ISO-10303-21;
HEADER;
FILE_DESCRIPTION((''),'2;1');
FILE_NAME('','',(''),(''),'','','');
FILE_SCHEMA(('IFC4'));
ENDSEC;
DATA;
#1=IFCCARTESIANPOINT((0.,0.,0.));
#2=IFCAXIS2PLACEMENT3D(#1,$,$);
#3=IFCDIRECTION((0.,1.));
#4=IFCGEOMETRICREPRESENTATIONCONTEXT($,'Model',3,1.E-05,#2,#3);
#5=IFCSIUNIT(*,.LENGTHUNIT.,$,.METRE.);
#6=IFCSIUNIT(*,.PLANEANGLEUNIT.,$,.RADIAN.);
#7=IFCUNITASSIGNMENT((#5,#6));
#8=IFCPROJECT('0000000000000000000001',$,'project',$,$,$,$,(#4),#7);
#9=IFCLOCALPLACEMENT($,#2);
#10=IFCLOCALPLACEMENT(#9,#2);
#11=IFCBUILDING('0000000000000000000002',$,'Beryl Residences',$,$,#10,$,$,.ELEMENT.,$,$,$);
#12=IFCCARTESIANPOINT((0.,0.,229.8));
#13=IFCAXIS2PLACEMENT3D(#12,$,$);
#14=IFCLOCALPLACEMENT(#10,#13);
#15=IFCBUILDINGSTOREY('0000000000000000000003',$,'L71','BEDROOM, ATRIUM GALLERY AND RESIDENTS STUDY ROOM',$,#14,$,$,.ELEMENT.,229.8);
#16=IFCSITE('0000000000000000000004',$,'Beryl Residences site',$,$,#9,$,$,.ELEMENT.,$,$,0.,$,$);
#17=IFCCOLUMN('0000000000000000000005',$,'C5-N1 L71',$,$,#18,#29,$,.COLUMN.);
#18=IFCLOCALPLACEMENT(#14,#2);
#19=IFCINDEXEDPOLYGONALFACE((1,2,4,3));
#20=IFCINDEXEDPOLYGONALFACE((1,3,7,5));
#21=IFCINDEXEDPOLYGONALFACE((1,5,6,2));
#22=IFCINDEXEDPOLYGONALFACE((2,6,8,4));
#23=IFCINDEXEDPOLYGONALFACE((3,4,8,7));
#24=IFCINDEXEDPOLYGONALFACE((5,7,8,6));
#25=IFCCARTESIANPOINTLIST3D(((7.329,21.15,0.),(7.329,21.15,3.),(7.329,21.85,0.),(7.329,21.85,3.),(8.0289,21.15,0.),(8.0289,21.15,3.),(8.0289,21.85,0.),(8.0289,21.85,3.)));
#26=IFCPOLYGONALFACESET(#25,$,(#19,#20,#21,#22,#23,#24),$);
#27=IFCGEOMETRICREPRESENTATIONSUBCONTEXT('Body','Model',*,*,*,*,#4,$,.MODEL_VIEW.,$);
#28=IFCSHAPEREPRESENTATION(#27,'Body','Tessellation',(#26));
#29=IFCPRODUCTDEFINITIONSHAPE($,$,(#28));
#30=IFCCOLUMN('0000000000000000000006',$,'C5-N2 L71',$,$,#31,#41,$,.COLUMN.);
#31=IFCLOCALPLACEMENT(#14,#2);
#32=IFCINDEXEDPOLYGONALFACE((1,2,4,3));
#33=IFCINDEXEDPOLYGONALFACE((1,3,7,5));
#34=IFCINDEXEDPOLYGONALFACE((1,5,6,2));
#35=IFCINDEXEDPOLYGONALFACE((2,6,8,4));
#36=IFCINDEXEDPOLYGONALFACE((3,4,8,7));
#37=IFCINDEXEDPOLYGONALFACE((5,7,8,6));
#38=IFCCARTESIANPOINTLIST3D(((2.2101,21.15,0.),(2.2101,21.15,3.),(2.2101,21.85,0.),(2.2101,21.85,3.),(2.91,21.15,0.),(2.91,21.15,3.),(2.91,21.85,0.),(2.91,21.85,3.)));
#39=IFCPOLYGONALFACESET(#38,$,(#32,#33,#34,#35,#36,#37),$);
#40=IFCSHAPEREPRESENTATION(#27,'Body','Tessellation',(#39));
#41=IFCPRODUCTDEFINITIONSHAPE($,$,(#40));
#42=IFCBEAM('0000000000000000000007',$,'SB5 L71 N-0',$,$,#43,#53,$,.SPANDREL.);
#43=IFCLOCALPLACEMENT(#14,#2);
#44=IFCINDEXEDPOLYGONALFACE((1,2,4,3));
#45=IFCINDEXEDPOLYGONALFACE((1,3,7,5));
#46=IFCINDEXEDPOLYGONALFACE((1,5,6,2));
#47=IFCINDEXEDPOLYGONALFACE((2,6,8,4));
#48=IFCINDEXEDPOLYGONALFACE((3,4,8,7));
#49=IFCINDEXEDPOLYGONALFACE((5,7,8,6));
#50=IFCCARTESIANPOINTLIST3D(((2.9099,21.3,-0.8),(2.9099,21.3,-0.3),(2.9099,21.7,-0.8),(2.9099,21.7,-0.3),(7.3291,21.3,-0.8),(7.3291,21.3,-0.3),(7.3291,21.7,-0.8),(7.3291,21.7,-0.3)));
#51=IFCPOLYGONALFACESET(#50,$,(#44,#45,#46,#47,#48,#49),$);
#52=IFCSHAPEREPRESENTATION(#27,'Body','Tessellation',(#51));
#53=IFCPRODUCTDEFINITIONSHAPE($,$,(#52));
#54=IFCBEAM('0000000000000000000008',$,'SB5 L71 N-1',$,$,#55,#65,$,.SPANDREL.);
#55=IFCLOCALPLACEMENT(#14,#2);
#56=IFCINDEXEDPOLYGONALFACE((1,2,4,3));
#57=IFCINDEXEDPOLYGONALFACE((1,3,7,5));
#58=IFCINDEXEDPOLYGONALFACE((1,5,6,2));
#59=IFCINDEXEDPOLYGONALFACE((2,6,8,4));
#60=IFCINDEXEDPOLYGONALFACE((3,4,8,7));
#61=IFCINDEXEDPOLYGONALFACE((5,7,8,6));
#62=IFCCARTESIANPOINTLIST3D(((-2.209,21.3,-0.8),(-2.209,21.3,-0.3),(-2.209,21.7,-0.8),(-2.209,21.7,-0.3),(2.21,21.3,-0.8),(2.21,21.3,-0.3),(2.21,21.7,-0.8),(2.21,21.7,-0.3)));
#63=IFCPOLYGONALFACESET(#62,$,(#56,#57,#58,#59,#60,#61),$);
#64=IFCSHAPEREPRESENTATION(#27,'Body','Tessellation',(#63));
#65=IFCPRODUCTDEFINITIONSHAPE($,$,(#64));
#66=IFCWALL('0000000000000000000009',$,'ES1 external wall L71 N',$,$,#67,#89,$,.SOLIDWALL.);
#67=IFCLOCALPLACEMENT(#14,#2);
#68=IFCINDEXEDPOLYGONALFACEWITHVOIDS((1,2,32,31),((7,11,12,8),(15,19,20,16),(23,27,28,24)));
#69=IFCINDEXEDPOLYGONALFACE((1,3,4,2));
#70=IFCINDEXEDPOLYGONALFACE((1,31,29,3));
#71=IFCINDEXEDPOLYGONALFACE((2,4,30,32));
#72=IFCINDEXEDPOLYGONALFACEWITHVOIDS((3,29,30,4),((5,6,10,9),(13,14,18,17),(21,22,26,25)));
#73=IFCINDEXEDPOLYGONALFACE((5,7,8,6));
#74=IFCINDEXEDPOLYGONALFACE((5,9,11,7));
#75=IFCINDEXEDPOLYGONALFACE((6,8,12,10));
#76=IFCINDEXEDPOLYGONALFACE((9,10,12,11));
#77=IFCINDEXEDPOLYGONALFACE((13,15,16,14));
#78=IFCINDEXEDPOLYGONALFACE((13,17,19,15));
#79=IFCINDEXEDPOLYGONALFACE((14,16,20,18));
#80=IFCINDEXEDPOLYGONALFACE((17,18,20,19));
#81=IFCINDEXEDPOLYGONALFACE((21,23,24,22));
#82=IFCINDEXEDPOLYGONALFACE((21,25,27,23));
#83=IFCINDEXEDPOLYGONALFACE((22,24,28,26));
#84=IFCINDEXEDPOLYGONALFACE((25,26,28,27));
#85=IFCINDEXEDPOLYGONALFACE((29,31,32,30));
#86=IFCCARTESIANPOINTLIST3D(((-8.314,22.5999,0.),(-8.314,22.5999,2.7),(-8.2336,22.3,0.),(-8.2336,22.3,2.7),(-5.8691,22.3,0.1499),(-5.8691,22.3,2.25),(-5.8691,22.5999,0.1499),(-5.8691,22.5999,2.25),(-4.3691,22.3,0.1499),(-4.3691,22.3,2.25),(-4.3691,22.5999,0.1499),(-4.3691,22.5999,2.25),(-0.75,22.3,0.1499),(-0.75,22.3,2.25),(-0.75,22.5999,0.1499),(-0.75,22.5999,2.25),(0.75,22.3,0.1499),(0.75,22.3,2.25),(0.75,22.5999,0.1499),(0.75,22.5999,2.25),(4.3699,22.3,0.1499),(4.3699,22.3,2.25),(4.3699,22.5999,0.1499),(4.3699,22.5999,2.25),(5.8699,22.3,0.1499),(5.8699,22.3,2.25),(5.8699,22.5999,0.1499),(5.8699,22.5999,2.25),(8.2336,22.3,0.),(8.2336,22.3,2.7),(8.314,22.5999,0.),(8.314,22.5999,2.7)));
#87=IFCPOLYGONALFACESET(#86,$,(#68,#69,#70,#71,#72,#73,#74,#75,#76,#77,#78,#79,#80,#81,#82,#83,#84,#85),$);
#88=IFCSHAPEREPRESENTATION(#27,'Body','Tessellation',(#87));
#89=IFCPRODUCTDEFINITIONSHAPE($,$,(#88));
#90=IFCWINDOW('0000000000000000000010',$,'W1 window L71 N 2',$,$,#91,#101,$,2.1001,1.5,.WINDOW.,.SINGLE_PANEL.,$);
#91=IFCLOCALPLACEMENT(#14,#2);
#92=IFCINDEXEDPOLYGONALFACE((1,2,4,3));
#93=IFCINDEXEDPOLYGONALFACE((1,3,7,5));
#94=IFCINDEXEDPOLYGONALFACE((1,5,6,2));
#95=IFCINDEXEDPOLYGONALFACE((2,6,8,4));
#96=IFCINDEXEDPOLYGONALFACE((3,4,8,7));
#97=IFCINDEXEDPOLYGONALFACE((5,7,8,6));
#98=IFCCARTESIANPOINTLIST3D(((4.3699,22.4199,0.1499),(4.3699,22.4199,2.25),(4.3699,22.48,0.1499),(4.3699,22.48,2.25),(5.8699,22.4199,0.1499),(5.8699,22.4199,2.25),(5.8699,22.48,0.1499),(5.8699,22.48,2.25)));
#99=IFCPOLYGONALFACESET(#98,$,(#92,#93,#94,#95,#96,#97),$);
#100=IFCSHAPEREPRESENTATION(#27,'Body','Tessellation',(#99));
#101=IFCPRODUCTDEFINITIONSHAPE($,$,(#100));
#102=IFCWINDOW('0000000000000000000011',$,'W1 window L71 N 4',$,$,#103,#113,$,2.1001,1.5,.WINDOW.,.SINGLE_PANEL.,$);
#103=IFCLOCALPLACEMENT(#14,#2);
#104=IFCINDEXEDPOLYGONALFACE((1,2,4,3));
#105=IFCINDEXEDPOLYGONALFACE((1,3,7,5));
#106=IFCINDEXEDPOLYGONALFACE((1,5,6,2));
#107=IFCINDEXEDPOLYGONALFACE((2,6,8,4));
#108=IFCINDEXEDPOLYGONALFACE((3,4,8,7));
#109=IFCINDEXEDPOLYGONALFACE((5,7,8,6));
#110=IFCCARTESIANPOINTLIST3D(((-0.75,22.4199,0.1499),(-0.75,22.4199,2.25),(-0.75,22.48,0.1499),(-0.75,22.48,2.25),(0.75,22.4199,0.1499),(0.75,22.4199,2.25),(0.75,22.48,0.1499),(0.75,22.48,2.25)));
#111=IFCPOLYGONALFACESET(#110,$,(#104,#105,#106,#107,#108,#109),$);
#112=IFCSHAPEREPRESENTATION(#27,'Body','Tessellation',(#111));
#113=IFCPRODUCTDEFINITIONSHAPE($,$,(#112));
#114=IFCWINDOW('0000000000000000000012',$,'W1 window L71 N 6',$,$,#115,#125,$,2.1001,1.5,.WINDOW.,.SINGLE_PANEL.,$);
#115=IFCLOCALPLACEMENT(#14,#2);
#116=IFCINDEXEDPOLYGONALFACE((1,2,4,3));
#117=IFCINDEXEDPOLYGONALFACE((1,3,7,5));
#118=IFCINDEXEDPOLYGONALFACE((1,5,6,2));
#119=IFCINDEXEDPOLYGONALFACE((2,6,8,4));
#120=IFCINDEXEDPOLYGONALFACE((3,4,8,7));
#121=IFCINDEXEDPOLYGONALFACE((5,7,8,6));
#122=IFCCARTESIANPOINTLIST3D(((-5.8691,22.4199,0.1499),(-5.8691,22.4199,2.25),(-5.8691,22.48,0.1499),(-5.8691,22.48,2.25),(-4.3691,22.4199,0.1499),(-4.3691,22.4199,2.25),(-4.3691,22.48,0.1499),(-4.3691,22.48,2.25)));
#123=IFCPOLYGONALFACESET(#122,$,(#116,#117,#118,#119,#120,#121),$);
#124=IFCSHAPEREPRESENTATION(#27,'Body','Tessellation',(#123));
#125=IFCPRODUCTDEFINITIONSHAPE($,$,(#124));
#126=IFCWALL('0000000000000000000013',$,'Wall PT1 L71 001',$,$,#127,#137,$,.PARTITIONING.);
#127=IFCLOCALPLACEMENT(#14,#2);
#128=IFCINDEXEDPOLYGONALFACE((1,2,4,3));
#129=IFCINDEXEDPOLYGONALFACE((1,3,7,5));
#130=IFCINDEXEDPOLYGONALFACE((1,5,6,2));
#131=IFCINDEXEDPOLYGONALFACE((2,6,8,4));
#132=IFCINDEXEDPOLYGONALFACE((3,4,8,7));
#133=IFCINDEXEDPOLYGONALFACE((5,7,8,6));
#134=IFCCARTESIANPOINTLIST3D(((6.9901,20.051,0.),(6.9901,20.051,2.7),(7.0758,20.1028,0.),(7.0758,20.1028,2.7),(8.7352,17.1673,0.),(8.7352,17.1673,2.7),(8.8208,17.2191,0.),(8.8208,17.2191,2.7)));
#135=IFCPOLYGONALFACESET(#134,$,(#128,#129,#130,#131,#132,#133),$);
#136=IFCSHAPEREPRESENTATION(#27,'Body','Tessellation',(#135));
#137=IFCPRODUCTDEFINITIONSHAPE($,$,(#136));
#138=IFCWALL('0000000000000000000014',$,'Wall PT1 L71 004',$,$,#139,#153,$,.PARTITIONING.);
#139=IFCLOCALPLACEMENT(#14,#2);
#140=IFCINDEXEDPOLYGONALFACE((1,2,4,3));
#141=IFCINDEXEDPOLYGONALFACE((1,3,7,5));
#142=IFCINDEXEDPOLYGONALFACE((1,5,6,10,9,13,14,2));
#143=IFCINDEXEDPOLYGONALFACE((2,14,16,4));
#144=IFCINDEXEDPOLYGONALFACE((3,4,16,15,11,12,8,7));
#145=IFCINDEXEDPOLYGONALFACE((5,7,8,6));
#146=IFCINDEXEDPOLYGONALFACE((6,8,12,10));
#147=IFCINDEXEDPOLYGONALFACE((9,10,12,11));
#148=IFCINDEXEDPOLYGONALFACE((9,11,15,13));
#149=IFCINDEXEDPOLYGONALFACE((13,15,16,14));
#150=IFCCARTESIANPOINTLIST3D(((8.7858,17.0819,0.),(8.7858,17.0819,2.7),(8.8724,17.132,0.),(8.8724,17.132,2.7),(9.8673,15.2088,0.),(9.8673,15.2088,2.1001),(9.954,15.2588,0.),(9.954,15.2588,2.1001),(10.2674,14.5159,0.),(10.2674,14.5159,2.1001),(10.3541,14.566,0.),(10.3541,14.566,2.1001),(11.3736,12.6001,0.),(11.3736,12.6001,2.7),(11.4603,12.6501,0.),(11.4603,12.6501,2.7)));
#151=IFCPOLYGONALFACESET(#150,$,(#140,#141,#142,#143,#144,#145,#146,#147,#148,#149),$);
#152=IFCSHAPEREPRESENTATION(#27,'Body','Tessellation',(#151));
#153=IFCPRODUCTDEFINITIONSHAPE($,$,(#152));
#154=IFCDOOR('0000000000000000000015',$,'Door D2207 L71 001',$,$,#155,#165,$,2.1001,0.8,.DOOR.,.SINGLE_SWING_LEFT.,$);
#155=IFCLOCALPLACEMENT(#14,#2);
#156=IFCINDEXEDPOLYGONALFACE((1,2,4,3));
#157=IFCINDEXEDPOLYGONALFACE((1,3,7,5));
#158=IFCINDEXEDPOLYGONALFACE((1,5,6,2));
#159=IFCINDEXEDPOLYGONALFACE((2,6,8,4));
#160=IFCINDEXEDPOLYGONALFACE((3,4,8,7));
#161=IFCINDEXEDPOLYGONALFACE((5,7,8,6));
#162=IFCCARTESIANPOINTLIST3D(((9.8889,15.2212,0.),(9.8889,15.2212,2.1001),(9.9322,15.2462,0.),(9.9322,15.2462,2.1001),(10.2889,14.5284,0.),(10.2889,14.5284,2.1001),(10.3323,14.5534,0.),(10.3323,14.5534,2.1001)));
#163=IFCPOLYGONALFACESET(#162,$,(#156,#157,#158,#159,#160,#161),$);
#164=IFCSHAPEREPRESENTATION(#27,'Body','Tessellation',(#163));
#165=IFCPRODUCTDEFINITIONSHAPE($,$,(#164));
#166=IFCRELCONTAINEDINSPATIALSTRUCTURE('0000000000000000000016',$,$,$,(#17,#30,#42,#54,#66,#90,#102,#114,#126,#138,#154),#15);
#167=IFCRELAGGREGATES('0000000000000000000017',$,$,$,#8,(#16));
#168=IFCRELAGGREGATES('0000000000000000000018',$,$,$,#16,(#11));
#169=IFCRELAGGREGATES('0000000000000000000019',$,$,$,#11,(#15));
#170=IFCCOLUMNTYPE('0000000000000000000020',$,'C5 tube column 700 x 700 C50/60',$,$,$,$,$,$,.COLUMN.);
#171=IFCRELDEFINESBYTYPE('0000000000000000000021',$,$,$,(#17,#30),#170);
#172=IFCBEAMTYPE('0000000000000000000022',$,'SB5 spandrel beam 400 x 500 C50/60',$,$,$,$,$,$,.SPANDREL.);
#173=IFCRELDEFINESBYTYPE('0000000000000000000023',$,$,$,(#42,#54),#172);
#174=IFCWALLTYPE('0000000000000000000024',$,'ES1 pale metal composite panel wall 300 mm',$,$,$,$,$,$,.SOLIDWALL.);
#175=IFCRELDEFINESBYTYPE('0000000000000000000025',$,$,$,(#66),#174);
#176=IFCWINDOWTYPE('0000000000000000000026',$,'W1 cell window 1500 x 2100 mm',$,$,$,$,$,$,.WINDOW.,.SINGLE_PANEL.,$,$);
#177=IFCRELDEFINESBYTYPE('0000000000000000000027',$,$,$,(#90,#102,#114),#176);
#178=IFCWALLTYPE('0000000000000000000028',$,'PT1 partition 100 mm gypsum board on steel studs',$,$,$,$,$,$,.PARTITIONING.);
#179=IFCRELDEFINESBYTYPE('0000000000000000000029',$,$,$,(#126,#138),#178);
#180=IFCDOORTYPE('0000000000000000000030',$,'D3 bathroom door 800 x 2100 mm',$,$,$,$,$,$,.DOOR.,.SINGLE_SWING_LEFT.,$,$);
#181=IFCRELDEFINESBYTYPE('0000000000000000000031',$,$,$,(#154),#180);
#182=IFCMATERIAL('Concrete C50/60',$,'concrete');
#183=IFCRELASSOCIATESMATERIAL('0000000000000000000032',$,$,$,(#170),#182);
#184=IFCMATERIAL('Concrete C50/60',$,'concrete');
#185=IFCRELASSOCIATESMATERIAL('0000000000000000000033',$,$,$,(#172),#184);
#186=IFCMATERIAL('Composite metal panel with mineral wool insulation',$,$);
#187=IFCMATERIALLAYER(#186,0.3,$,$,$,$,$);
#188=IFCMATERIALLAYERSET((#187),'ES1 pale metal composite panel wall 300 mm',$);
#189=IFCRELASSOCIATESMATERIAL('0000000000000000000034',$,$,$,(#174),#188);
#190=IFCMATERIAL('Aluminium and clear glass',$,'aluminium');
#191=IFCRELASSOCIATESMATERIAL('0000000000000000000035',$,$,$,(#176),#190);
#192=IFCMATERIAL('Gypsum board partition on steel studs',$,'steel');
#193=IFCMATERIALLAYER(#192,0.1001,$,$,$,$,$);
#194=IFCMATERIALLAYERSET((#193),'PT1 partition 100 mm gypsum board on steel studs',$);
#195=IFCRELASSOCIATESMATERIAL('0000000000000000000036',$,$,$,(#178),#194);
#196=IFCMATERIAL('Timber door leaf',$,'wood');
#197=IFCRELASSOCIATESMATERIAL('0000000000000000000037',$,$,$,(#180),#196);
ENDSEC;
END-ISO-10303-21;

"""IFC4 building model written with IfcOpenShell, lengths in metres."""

from ifc_helpers import new_model, si_unit, direction, frame, frame_2d, origin, origin_2d, place, context, subcontext, project, spatial, polyline, rectangle, outline, extrude, material, layer, layer_set, material_profile, profile_set, type_object, element, fill, save


model = new_model("IFC4")

# Units and contexts
model_context = context("Model", 3, precision=1e-05, world=origin(), true_north=direction((0.0, 1.0)))
body_context = subcontext(model_context, "Body", "Model", "MODEL_VIEW")
ifc_project = project(units=[si_unit("LENGTHUNIT", "METRE"), si_unit("PLANEANGLEUNIT", "RADIAN")], contexts=[model_context])

# Site, building, storey
site_placement = place(None, origin())
site = spatial("IfcSite", under=ifc_project, at=site_placement, Name="Beryl Residences site", CompositionType="ELEMENT", RefElevation=0.0)
building_placement = place(site_placement, origin())
building = spatial("IfcBuilding", under=site, at=building_placement, Name="Beryl Residences", CompositionType="ELEMENT")
storey_placement = place(building_placement, frame((0.0, 0.0, 229.8)))
storey = spatial("IfcBuildingStorey", under=building, at=storey_placement, Name="L71", Description="BEDROOM, ATRIUM GALLERY AND RESIDENTS STUDY ROOM", CompositionType="ELEMENT", Elevation=229.8)

# Columns
ifc_material_1 = material(Name="Concrete C50/60", Category="concrete")
ifc_material_profile_1 = material_profile(ifc_material_1, rectangle(XDim=0.7, YDim=0.7, at=origin_2d()))
ifc_profile_set_1 = profile_set([ifc_material_profile_1], Name="Concrete C50/60")
column_type = type_object("IfcColumnType", Name="C5 tube column 700 x 700 C50/60", PredefinedType="COLUMN", material=ifc_profile_set_1)
for number, where, z_axis, x_axis, name in (
    (1, (7.679, 21.5, 0.0), (0.0, 0.0, 1.0), (-1.0, 0.0, 0.0), "C5-N1 L71"),
    (2, (2.5601, 21.5, 0.0), (0.0, 0.0, 1.0), (-1.0, 0.0, 0.0), "C5-N2 L71"),
):
    element("IfcColumn", number, at=place(storey_placement, frame(where, z_axis=z_axis, x_axis=x_axis)), inside=storey, type_object=column_type, Name=name, PredefinedType="COLUMN", context=body_context, shape_type="SweptSolid", body=[
        extrude(rectangle(XDim=0.7, YDim=0.7, at=origin_2d()), origin(), (0.0, 0.0, 1.0), 3.0),
    ])

# Beams
ifc_material_2 = material(Name="Concrete C50/60", Category="concrete")
ifc_material_profile_2 = material_profile(ifc_material_2, rectangle(XDim=0.3999, YDim=0.5, at=origin_2d()))
ifc_profile_set_2 = profile_set([ifc_material_profile_2], Name="Concrete C50/60")
beam_type = type_object("IfcBeamType", Name="SB5 spandrel beam 400 x 500 C50/60", PredefinedType="SPANDREL", material=ifc_profile_set_2)
beam_1_placement = place(storey_placement, frame((7.3291, 21.5, -0.55), z_axis=(-1.0, 0.0, 0.0), x_axis=(0.0, -1.0, 0.0)))
element("IfcBeam", 3, at=beam_1_placement, inside=storey, type_object=beam_type, Name="SB5 L71 N-0", PredefinedType="SPANDREL", context=body_context, shape_type="SweptSolid", body=[
    extrude(rectangle(XDim=0.3999, YDim=0.5, at=origin_2d()), origin(), (0.0, 0.0, 1.0), 4.4192),
])
beam_2_placement = place(storey_placement, frame((2.21, 21.5, -0.55), z_axis=(-1.0, 0.0, 0.0), x_axis=(0.0, -1.0, 0.0)))
element("IfcBeam", 4, at=beam_2_placement, inside=storey, type_object=beam_type, Name="SB5 L71 N-1", PredefinedType="SPANDREL", context=body_context, shape_type="SweptSolid", body=[
    extrude(rectangle(XDim=0.3999, YDim=0.5, at=origin_2d()), origin(), (0.0, 0.0, 1.0), 4.4189),
])

# Wall, openings, windows
ifc_material_3 = material(Name="Composite metal panel with mineral wool insulation")
ifc_layer_1 = layer(ifc_material_3, 0.3)
ifc_layer_set_1 = layer_set([ifc_layer_1], Name="ES1 pale metal composite panel wall 300 mm")
wall_type_1 = type_object("IfcWallType", Name="ES1 pale metal composite panel wall 300 mm", PredefinedType="SOLIDWALL", material=ifc_layer_set_1)
wall_1_placement = place(storey_placement, frame((8.314, 22.45, 0.0), z_axis=(0.0, 0.0, 1.0), x_axis=(-1.0, 0.0, 0.0)))
wall_1 = element("IfcWall", 5, at=wall_1_placement, inside=storey, type_object=wall_type_1, Name="ES1 external wall L71 N", PredefinedType="SOLIDWALL", context=body_context, shape_type="SweptSolid", body=[
    extrude(outline(polyline([(0.0, -0.1499), (16.6279, -0.1499), (16.5476, 0.1499), (0.0803, 0.1499), (0.0, -0.1499)])), origin(), (0.0, 0.0, 1.0), 2.7),
])
opening_1_placement = place(wall_1_placement, frame((2.4441, 0.0, 0.1499)))
opening_1 = element("IfcOpeningElement", 6, at=opening_1_placement, cuts=wall_1, PredefinedType="OPENING", context=body_context, shape_type="SweptSolid", body=[
    extrude(rectangle(XDim=1.5, YDim=2.1001, at=frame_2d((0.75, 1.05))), frame((0.0, 0.1599, 0.0), z_axis=(0.0, -1.0, 0.0), x_axis=(1.0, 0.0, 0.0)), (0.0, 0.0, 1.0), 0.3201),
])
opening_2_placement = place(wall_1_placement, frame((7.564, 0.0, 0.1499)))
opening_2 = element("IfcOpeningElement", 7, at=opening_2_placement, cuts=wall_1, PredefinedType="OPENING", context=body_context, shape_type="SweptSolid", body=[
    extrude(rectangle(XDim=1.5, YDim=2.1001, at=frame_2d((0.75, 1.05))), frame((0.0, 0.1599, 0.0), z_axis=(0.0, -1.0, 0.0), x_axis=(1.0, 0.0, 0.0)), (0.0, 0.0, 1.0), 0.3201),
])
opening_3_placement = place(wall_1_placement, frame((12.6831, 0.0, 0.1499)))
opening_3 = element("IfcOpeningElement", 8, at=opening_3_placement, cuts=wall_1, PredefinedType="OPENING", context=body_context, shape_type="SweptSolid", body=[
    extrude(rectangle(XDim=1.5, YDim=2.1001, at=frame_2d((0.75, 1.05))), frame((0.0, 0.1599, 0.0), z_axis=(0.0, -1.0, 0.0), x_axis=(1.0, 0.0, 0.0)), (0.0, 0.0, 1.0), 0.3201),
])
ifc_material_4 = material(Name="Aluminium and clear glass", Category="aluminium")
window_type = type_object("IfcWindowType", Name="W1 cell window 1500 x 2100 mm", PartitioningType="SINGLE_PANEL", PredefinedType="WINDOW", material=ifc_material_4)
window_1_placement = place(opening_1_placement, origin())
window_1 = element("IfcWindow", 9, at=window_1_placement, inside=storey, type_object=window_type, Name="W1 window L71 N 2", OverallHeight=2.1001, OverallWidth=1.5, PartitioningType="SINGLE_PANEL", PredefinedType="WINDOW", context=body_context, shape_type="SweptSolid", body=[
    extrude(rectangle(XDim=1.5, YDim=2.1001, at=frame_2d((0.75, 1.05))), frame((0.0, 0.03, 0.0), z_axis=(0.0, -1.0, 0.0), x_axis=(1.0, 0.0, 0.0)), (0.0, 0.0, 1.0), 0.0601),
])
fill(opening_1, window_1)
window_2_placement = place(opening_2_placement, origin())
window_2 = element("IfcWindow", 10, at=window_2_placement, inside=storey, type_object=window_type, Name="W1 window L71 N 4", OverallHeight=2.1001, OverallWidth=1.5, PartitioningType="SINGLE_PANEL", PredefinedType="WINDOW", context=body_context, shape_type="SweptSolid", body=[
    extrude(rectangle(XDim=1.5, YDim=2.1001, at=frame_2d((0.75, 1.05))), frame((0.0, 0.03, 0.0), z_axis=(0.0, -1.0, 0.0), x_axis=(1.0, 0.0, 0.0)), (0.0, 0.0, 1.0), 0.0601),
])
fill(opening_2, window_2)
window_3_placement = place(opening_3_placement, origin())
window_3 = element("IfcWindow", 11, at=window_3_placement, inside=storey, type_object=window_type, Name="W1 window L71 N 6", OverallHeight=2.1001, OverallWidth=1.5, PartitioningType="SINGLE_PANEL", PredefinedType="WINDOW", context=body_context, shape_type="SweptSolid", body=[
    extrude(rectangle(XDim=1.5, YDim=2.1001, at=frame_2d((0.75, 1.05))), frame((0.0, 0.03, 0.0), z_axis=(0.0, -1.0, 0.0), x_axis=(1.0, 0.0, 0.0)), (0.0, 0.0, 1.0), 0.0601),
])
fill(opening_3, window_3)

# Wall
ifc_material_5 = material(Name="Gypsum board partition on steel studs", Category="steel")
ifc_layer_2 = layer(ifc_material_5, 0.1001)
ifc_layer_set_2 = layer_set([ifc_layer_2], Name="PT1 partition 100 mm gypsum board on steel studs")
wall_type_2 = type_object("IfcWallType", Name="PT1 partition 100 mm gypsum board on steel studs", PredefinedType="PARTITIONING", material=ifc_layer_set_2)
wall_2_placement = place(storey_placement, frame((7.033, 20.0769, 0.0), z_axis=(0.0, 0.0, 1.0), x_axis=(0.51773, -0.855544, 0.0)))
element("IfcWall", 12, at=wall_2_placement, inside=storey, type_object=wall_type_2, Name="Wall PT1 L71 001", PredefinedType="PARTITIONING", context=body_context, shape_type="SweptSolid", body=[
    extrude(rectangle(XDim=3.3706, YDim=0.1001, at=frame_2d((1.6853, 0.0))), origin(), (0.0, 0.0, 1.0), 2.7),
])

# Wall, opening, door
wall_3_placement = place(storey_placement, frame((8.8291, 17.1069, 0.0), z_axis=(0.0, 0.0, 1.0), x_axis=(0.500036, -0.866005, 0.0)))
wall_3 = element("IfcWall", 13, at=wall_3_placement, inside=storey, type_object=wall_type_2, Name="Wall PT1 L71 004", PredefinedType="PARTITIONING", context=body_context, shape_type="SweptSolid", body=[
    extrude(rectangle(XDim=5.1753, YDim=0.1001, at=frame_2d((2.5876, 0.0))), origin(), (0.0, 0.0, 1.0), 2.7),
])
opening_4_placement = place(wall_3_placement, frame((2.1631, 0.0, 0.0)))
opening_4 = element("IfcOpeningElement", 14, at=opening_4_placement, cuts=wall_3, PredefinedType="OPENING", context=body_context, shape_type="SweptSolid", body=[
    extrude(rectangle(XDim=0.8, YDim=2.1001, at=frame_2d((0.3999, 1.05))), frame((0.0, 0.0601, 0.0), z_axis=(0.0, -1.0, 0.0), x_axis=(1.0, 0.0, 0.0)), (0.0, 0.0, 1.0), 0.1201),
])
ifc_material_6 = material(Name="Timber door leaf", Category="wood")
door_type_1 = type_object("IfcDoorType", Name="D3 bathroom door 800 x 2100 mm", OperationType="SINGLE_SWING_LEFT", PredefinedType="DOOR", material=ifc_material_6)
door_1_placement = place(opening_4_placement, origin())
door_1 = element("IfcDoor", 15, at=door_1_placement, inside=storey, type_object=door_type_1, Name="Door D2207 L71 001", OperationType="SINGLE_SWING_LEFT", OverallHeight=2.1001, OverallWidth=0.8, PredefinedType="DOOR", context=body_context, shape_type="SweptSolid", body=[
    extrude(rectangle(XDim=0.8, YDim=2.1001, at=frame_2d((0.3999, 1.05))), frame((0.0, 0.0249, 0.0), z_axis=(0.0, -1.0, 0.0), x_axis=(1.0, 0.0, 0.0)), (0.0, 0.0, 1.0), 0.05),
])
fill(opening_4, door_1)

save(model, "model.ifc")
